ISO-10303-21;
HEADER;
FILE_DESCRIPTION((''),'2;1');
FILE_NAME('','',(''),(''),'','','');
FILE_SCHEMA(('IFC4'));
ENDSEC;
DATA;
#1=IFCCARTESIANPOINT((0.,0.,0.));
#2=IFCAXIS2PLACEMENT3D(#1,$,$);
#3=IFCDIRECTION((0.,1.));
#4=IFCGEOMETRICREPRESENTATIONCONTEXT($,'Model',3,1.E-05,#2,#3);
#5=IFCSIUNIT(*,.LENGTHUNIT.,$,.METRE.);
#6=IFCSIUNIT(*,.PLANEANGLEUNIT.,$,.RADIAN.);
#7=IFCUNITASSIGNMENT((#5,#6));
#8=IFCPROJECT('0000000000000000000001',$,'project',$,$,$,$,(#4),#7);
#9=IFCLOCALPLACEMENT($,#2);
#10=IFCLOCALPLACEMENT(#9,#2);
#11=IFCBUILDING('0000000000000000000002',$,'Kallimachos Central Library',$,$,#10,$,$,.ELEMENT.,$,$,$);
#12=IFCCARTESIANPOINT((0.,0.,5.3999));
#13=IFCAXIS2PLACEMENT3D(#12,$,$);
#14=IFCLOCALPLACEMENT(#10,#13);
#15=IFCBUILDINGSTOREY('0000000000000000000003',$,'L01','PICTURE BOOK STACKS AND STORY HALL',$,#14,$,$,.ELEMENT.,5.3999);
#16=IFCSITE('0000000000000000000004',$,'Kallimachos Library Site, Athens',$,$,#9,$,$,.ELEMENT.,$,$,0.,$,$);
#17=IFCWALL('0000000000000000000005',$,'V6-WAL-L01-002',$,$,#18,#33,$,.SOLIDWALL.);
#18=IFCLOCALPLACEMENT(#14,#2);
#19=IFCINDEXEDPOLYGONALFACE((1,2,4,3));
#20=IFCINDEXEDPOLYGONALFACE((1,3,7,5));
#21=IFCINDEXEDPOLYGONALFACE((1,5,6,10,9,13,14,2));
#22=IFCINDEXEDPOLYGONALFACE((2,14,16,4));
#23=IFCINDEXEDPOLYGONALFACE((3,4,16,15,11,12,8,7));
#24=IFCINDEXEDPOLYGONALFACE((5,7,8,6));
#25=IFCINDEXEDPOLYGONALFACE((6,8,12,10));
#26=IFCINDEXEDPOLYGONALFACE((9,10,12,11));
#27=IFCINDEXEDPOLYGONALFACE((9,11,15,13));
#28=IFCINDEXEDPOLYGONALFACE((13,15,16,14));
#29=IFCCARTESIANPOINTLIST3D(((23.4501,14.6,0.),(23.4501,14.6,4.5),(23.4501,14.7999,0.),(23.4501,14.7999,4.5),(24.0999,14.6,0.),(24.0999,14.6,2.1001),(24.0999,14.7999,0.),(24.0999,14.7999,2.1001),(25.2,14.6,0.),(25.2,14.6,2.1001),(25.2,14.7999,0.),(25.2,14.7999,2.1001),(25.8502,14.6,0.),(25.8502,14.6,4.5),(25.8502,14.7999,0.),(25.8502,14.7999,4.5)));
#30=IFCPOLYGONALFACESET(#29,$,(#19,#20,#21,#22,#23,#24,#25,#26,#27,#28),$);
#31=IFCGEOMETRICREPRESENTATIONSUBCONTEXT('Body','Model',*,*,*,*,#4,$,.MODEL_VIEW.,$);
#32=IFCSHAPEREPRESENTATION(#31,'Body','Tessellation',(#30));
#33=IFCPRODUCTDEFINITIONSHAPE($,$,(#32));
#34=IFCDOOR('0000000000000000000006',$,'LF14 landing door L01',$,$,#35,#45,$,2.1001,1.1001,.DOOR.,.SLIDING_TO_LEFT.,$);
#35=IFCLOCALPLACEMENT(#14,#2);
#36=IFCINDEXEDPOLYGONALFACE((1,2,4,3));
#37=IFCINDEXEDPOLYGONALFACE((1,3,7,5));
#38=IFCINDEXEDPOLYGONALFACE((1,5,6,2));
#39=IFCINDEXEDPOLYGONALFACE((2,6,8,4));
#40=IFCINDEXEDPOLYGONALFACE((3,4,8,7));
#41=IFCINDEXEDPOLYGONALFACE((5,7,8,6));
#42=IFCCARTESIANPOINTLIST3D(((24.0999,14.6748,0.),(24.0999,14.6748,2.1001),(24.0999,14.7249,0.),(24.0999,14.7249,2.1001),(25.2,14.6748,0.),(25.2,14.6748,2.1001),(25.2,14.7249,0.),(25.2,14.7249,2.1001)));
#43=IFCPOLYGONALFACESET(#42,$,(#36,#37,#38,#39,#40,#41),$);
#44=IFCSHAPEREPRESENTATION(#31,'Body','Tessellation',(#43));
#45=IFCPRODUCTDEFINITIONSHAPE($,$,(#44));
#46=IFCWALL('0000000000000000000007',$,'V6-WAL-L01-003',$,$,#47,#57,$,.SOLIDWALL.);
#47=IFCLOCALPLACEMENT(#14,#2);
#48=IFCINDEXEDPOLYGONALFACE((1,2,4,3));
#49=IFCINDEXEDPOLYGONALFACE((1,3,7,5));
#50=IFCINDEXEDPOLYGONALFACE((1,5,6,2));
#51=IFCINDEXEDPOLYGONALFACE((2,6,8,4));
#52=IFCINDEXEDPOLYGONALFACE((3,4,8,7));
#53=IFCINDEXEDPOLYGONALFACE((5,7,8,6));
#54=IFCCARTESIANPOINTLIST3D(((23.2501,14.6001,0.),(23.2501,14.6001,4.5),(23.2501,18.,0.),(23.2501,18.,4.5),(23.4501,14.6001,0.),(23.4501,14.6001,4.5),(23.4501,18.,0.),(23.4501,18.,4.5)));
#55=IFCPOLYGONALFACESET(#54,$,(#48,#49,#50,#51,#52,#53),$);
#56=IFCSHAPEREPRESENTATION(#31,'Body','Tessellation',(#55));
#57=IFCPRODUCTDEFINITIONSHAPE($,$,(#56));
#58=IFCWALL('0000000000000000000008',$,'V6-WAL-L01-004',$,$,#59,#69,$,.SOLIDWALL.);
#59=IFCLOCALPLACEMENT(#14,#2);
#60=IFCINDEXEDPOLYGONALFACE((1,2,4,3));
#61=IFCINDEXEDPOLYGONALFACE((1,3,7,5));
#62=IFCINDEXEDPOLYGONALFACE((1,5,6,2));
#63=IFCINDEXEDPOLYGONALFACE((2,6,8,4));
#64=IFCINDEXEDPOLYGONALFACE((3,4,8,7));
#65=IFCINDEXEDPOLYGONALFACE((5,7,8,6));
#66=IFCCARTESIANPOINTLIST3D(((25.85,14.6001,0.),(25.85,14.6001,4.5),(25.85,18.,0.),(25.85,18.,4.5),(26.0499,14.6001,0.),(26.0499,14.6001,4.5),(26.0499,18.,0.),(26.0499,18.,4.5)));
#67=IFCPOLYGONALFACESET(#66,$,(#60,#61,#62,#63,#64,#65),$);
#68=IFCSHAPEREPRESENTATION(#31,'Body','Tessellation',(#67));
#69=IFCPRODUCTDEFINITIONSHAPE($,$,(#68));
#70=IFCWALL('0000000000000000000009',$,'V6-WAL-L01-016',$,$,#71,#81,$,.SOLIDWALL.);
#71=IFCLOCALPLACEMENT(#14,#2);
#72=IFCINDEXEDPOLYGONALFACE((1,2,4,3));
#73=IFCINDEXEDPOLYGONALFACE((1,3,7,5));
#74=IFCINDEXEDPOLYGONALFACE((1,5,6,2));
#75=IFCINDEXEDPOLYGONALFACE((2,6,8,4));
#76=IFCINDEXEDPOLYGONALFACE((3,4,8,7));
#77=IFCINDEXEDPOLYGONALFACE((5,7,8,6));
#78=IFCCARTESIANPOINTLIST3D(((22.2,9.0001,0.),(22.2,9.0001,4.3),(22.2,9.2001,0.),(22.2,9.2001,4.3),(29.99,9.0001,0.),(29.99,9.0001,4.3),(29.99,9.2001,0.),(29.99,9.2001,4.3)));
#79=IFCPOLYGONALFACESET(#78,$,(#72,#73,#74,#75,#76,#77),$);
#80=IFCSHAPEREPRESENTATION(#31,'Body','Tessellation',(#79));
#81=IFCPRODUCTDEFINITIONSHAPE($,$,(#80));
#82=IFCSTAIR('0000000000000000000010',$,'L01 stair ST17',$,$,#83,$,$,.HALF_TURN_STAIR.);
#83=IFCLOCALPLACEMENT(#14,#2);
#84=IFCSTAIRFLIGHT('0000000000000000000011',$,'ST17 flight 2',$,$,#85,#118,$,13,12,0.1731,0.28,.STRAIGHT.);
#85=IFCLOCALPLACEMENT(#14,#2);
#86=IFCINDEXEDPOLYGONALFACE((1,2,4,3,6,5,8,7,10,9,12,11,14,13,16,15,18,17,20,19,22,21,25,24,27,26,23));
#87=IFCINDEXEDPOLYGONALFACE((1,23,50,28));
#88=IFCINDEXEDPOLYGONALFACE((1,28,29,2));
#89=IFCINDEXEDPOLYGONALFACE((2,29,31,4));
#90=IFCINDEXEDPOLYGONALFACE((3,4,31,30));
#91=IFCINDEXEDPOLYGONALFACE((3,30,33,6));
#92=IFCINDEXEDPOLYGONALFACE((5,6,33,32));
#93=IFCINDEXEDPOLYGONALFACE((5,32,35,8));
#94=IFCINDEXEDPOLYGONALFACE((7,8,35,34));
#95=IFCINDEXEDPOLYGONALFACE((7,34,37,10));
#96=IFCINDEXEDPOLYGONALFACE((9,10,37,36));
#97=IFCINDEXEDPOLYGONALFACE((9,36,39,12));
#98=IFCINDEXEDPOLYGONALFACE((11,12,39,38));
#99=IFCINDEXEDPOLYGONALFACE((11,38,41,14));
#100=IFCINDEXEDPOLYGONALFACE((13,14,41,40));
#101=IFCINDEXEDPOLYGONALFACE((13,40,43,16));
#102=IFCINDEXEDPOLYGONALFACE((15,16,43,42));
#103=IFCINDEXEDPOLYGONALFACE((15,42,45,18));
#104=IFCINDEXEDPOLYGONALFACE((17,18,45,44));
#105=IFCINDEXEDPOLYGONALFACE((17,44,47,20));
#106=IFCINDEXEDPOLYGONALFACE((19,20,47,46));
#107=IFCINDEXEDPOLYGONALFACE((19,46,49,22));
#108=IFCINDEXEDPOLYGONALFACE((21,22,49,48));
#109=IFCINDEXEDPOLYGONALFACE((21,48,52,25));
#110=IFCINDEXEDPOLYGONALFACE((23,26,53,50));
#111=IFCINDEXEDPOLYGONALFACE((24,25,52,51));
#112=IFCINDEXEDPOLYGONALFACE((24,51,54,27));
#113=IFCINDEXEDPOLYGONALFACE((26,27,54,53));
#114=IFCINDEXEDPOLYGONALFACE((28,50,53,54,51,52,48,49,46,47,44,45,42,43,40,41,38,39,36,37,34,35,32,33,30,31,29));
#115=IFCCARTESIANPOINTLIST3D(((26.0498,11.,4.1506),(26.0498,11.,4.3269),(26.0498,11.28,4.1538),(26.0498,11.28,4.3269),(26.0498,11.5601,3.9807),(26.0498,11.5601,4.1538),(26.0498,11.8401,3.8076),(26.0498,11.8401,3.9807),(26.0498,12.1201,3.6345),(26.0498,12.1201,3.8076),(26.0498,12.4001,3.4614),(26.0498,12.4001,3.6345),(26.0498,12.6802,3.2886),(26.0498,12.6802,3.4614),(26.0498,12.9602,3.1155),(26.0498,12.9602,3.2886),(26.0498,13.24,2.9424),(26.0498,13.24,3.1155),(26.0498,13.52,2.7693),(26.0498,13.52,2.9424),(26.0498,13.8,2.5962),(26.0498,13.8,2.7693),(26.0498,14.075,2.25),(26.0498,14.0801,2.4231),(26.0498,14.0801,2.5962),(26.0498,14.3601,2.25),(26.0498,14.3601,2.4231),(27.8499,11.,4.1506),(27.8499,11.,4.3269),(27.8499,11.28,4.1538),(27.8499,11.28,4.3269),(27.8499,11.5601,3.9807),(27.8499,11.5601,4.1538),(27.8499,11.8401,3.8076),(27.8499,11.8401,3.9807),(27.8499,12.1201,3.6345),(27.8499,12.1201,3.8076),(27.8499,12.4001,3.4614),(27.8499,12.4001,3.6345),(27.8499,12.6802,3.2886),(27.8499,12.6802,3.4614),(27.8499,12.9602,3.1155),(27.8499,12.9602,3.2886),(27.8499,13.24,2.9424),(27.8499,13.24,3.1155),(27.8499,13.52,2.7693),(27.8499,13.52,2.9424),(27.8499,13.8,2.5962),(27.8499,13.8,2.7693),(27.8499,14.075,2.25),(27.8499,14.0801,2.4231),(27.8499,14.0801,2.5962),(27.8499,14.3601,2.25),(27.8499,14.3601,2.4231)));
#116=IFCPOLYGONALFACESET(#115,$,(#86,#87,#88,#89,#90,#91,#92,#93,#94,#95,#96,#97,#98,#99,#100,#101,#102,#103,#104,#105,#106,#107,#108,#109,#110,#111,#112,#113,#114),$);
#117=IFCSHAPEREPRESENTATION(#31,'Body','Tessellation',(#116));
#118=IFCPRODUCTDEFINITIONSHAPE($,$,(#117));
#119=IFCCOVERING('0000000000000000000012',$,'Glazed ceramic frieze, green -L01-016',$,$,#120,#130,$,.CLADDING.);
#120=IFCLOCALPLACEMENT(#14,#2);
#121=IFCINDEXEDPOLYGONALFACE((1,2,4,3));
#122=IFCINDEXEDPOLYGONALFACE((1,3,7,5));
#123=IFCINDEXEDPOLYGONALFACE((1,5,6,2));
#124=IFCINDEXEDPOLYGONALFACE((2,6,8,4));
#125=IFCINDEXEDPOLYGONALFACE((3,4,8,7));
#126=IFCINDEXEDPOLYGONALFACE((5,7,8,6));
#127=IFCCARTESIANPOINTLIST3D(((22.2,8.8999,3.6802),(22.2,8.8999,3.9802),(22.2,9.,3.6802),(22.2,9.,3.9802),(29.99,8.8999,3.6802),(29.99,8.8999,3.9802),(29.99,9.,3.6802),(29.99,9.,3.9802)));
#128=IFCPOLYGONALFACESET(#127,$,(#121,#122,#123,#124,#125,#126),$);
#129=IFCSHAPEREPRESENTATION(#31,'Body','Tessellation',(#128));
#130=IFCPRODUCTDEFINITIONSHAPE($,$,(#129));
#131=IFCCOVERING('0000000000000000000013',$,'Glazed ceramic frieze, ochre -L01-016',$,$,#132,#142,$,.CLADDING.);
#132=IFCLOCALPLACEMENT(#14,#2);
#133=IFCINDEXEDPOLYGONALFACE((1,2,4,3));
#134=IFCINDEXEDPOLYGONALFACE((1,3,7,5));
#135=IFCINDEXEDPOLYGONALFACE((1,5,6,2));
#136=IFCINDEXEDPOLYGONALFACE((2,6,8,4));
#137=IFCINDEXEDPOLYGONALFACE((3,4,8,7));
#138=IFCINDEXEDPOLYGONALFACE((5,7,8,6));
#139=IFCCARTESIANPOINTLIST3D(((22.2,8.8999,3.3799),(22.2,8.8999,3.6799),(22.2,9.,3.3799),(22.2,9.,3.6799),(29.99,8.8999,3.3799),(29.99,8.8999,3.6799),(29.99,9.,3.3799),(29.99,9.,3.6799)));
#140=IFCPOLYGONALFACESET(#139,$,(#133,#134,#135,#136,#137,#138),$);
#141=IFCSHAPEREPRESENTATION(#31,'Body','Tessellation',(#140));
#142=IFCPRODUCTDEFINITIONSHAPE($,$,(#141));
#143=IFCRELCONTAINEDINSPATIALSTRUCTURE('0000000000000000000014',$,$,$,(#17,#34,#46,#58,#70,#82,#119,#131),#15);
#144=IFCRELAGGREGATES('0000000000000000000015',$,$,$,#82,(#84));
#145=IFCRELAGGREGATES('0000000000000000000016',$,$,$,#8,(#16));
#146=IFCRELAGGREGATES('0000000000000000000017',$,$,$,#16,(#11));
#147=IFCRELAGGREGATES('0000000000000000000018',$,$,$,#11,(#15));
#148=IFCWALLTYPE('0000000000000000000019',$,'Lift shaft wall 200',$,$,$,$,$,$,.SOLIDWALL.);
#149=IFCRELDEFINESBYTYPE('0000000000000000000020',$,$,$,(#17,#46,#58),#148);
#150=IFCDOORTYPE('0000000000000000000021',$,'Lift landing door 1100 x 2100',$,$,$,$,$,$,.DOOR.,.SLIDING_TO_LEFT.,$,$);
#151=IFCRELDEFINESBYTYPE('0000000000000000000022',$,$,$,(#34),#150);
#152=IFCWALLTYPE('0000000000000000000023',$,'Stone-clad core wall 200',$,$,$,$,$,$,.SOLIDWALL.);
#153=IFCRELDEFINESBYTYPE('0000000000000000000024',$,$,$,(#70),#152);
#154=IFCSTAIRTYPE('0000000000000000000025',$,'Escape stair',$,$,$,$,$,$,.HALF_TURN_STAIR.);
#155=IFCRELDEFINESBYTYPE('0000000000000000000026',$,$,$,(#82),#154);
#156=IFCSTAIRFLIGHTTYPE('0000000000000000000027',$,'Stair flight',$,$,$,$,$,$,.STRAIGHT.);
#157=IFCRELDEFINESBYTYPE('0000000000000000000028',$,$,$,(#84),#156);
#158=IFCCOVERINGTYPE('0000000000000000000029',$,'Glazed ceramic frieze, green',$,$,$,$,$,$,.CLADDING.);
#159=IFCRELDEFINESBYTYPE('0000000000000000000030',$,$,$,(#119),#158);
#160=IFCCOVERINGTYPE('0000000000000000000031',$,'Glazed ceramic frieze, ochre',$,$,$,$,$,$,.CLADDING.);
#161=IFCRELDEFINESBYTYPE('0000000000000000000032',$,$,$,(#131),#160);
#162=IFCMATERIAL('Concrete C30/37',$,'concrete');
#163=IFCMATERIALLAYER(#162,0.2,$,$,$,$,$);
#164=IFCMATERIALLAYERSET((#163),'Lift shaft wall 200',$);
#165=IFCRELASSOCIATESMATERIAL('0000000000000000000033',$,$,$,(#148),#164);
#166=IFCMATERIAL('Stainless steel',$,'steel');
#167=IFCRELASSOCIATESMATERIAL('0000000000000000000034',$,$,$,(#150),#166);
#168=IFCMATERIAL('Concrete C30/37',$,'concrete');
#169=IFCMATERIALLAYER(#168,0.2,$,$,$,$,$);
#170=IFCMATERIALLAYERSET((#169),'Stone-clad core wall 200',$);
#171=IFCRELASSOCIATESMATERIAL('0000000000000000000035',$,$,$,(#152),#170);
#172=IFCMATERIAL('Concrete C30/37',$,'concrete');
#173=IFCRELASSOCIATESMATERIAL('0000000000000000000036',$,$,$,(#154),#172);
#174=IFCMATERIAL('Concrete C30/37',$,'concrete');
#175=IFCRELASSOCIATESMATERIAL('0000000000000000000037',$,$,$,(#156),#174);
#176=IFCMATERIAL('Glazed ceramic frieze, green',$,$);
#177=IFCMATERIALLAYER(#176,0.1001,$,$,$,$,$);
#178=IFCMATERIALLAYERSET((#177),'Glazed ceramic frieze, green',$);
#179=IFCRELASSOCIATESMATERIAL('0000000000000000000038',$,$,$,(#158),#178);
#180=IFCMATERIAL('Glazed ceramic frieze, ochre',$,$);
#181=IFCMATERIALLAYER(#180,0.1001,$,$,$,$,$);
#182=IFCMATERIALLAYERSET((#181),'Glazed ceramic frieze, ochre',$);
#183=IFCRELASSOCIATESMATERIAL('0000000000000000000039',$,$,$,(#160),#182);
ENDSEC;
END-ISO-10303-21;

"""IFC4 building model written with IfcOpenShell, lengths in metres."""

from ifc_helpers import new_model, si_unit, direction, frame, frame_2d, origin, origin_2d, place, context, subcontext, project, spatial, polyline, rectangle, outline, extrude, material, layer, layer_set, type_object, element, fill, aggregate, save


model = new_model("IFC4")

# Units and contexts
model_context = context("Model", 3, precision=1e-05, world=origin(), true_north=direction((0.0, 1.0)))
body_context = subcontext(model_context, "Body", "Model", "MODEL_VIEW")
ifc_project = project(units=[si_unit("LENGTHUNIT", "METRE"), si_unit("PLANEANGLEUNIT", "RADIAN")], contexts=[model_context])

# Site, building, storey
site_placement = place(None, origin())
site = spatial("IfcSite", under=ifc_project, at=site_placement, Name="Kallimachos Library Site, Athens", CompositionType="ELEMENT", RefElevation=0.0)
building_placement = place(site_placement, origin())
building = spatial("IfcBuilding", under=site, at=building_placement, Name="Kallimachos Central Library", CompositionType="ELEMENT")
storey_placement = place(building_placement, frame((0.0, 0.0, 5.3999)))
storey = spatial("IfcBuildingStorey", under=building, at=storey_placement, Name="L01", Description="PICTURE BOOK STACKS AND STORY HALL", CompositionType="ELEMENT", Elevation=5.3999)

# Wall, opening, door
ifc_material_1 = material(Name="Concrete C30/37", Category="concrete")
ifc_layer_1 = layer(ifc_material_1, 0.2)
ifc_layer_set_1 = layer_set([ifc_layer_1], Name="Lift shaft wall 200")
wall_type_1 = type_object("IfcWallType", Name="Lift shaft wall 200", PredefinedType="SOLIDWALL", material=ifc_layer_set_1)
wall_1_placement = place(storey_placement, frame((23.45, 14.7, 0.0), z_axis=(0.0, 0.0, 1.0), x_axis=(1.0, 0.0, 0.0)))
wall_1 = element("IfcWall", 1, at=wall_1_placement, inside=storey, type_object=wall_type_1, Name="V6-WAL-L01-002", PredefinedType="SOLIDWALL", context=body_context, shape_type="SweptSolid", body=[
    extrude(rectangle(XDim=2.4001, YDim=0.2, at=frame_2d((1.2002, 0.0))), origin(), (0.0, 0.0, 1.0), 4.5),
])
opening_1_placement = place(wall_1_placement, frame((0.6499, 0.0, 0.0)))
opening_1 = element("IfcOpeningElement", 2, at=opening_1_placement, cuts=wall_1, PredefinedType="OPENING", context=body_context, shape_type="SweptSolid", body=[
    extrude(rectangle(XDim=1.1001, YDim=2.1001, at=frame_2d((0.55, 1.05))), frame((0.0, 0.1099, 0.0), z_axis=(0.0, -1.0, 0.0), x_axis=(1.0, 0.0, 0.0)), (0.0, 0.0, 1.0), 0.22),
])
ifc_material_2 = material(Name="Stainless steel", Category="steel")
door_type_1 = type_object("IfcDoorType", Name="Lift landing door 1100 x 2100", OperationType="SLIDING_TO_LEFT", PredefinedType="DOOR", material=ifc_material_2)
door_1_placement = place(opening_1_placement, origin())
door_1 = element("IfcDoor", 3, at=door_1_placement, inside=storey, type_object=door_type_1, Name="LF14 landing door L01", OperationType="SLIDING_TO_LEFT", OverallHeight=2.1001, OverallWidth=1.1001, PredefinedType="DOOR", context=body_context, shape_type="SweptSolid", body=[
    extrude(rectangle(XDim=1.1001, YDim=2.1001, at=frame_2d((0.55, 1.05))), frame((0.0, 0.0249, 0.0), z_axis=(0.0, -1.0, 0.0), x_axis=(1.0, 0.0, 0.0)), (0.0, 0.0, 1.0), 0.05),
])
fill(opening_1, door_1)

# Walls
for number, where, z_axis, x_axis, name in (
    (4, (23.3501, 14.6001, 0.0), (0.0, 0.0, 1.0), (0.0, 1.0, 0.0), "V6-WAL-L01-003"),
    (5, (25.95, 14.6001, 0.0), (0.0, 0.0, 1.0), (0.0, 1.0, 0.0), "V6-WAL-L01-004"),
):
    element("IfcWall", number, at=place(storey_placement, frame(where, z_axis=z_axis, x_axis=x_axis)), inside=storey, type_object=wall_type_1, Name=name, PredefinedType="SOLIDWALL", context=body_context, shape_type="SweptSolid", body=[
        extrude(rectangle(XDim=3.3999, YDim=0.2, at=frame_2d((1.7, 0.0))), origin(), (0.0, 0.0, 1.0), 4.5),
    ])
ifc_material_3 = material(Name="Concrete C30/37", Category="concrete")
ifc_layer_2 = layer(ifc_material_3, 0.2)
ifc_layer_set_2 = layer_set([ifc_layer_2], Name="Stone-clad core wall 200")
wall_type_2 = type_object("IfcWallType", Name="Stone-clad core wall 200", PredefinedType="SOLIDWALL", material=ifc_layer_set_2)
wall_2_placement = place(storey_placement, frame((22.2, 9.1001, 0.0), z_axis=(0.0, 0.0, 1.0), x_axis=(1.0, 0.0, 0.0)))
element("IfcWall", 6, at=wall_2_placement, inside=storey, type_object=wall_type_2, Name="V6-WAL-L01-016", PredefinedType="SOLIDWALL", context=body_context, shape_type="SweptSolid", body=[
    extrude(rectangle(XDim=7.79, YDim=0.2, at=frame_2d((3.895, 0.0))), origin(), (0.0, 0.0, 1.0), 4.3),
])

# Stair, stair flight
ifc_material_4 = material(Name="Concrete C30/37", Category="concrete")
stair_type = type_object("IfcStairType", Name="Escape stair", PredefinedType="HALF_TURN_STAIR", material=ifc_material_4)
stair_placement = place(storey_placement, origin())
stair = element("IfcStair", 7, at=stair_placement, inside=storey, type_object=stair_type, Name="L01 stair ST17", PredefinedType="HALF_TURN_STAIR")
ifc_material_5 = material(Name="Concrete C30/37", Category="concrete")
stair_flight_type = type_object("IfcStairFlightType", Name="Stair flight", PredefinedType="STRAIGHT", material=ifc_material_5)
stair_flight_placement = place(storey_placement, frame((26.95, 14.3601, 2.25), z_axis=(0.0, 0.0, 1.0), x_axis=(0.0, -1.0, 0.0)))
stair_flight = element("IfcStairFlight", 8, at=stair_flight_placement, type_object=stair_flight_type, Name="ST17 flight 2", NumberOfRisers=13, NumberOfTreads=12, PredefinedType="STRAIGHT", RiserHeight=0.1731, TreadLength=0.28, context=body_context, shape_type="SweptSolid", body=[
    extrude(outline(polyline([(0.0, 0.0), (0.0, 0.1731), (0.28, 0.1731), (0.28, 0.3462), (0.5601, 0.3462), (0.5601, 0.5193), (0.8401, 0.5193), (0.8401, 0.6924), (1.1201, 0.6924), (1.1201, 0.8655), (1.3999, 0.8655), (1.3999, 1.0386), (1.6799, 1.0386), (1.6799, 1.2114), (1.96, 1.2114), (1.96, 1.3845), (2.24, 1.3845), (2.24, 1.5576), (2.52, 1.5576), (2.52, 1.7307), (2.8, 1.7307), (2.8, 1.9038), (3.0801, 1.9038), (3.0801, 2.0769), (3.3601, 2.0769), (3.3601, 2.25), (3.3601, 1.9006), (0.2852, 0.0), (0.0, 0.0)])), frame((0.0, 0.8999, 0.0), z_axis=(0.0, -1.0, 0.0), x_axis=(1.0, 0.0, 0.0)), (0.0, 0.0, 1.0), 1.8),
])
aggregate(stair, [stair_flight])

# Coverings
ifc_material_6 = material(Name="Glazed ceramic frieze, green")
ifc_layer_3 = layer(ifc_material_6, 0.1001)
ifc_layer_set_3 = layer_set([ifc_layer_3], Name="Glazed ceramic frieze, green")
covering_type_1 = type_object("IfcCoveringType", Name="Glazed ceramic frieze, green", PredefinedType="CLADDING", material=ifc_layer_set_3)
covering_1_placement = place(storey_placement, frame((26.095, 8.95, 3.6802), z_axis=(0.0, 0.0, 1.0), x_axis=(1.0, 0.0, 0.0)))
element("IfcCovering", 9, at=covering_1_placement, inside=storey, type_object=covering_type_1, Name="Glazed ceramic frieze, green -L01-016", PredefinedType="CLADDING", context=body_context, shape_type="SweptSolid", body=[
    extrude(rectangle(XDim=7.79, YDim=0.1001, at=origin_2d()), origin(), (0.0, 0.0, 1.0), 0.3),
])
ifc_material_7 = material(Name="Glazed ceramic frieze, ochre")
ifc_layer_4 = layer(ifc_material_7, 0.1001)
ifc_layer_set_4 = layer_set([ifc_layer_4], Name="Glazed ceramic frieze, ochre")
covering_type_2 = type_object("IfcCoveringType", Name="Glazed ceramic frieze, ochre", PredefinedType="CLADDING", material=ifc_layer_set_4)
covering_2_placement = place(storey_placement, frame((26.095, 8.95, 3.3799), z_axis=(0.0, 0.0, 1.0), x_axis=(1.0, 0.0, 0.0)))
element("IfcCovering", 10, at=covering_2_placement, inside=storey, type_object=covering_type_2, Name="Glazed ceramic frieze, ochre -L01-016", PredefinedType="CLADDING", context=body_context, shape_type="SweptSolid", body=[
    extrude(rectangle(XDim=7.79, YDim=0.1001, at=origin_2d()), origin(), (0.0, 0.0, 1.0), 0.3),
])

save(model, "model.ifc")
